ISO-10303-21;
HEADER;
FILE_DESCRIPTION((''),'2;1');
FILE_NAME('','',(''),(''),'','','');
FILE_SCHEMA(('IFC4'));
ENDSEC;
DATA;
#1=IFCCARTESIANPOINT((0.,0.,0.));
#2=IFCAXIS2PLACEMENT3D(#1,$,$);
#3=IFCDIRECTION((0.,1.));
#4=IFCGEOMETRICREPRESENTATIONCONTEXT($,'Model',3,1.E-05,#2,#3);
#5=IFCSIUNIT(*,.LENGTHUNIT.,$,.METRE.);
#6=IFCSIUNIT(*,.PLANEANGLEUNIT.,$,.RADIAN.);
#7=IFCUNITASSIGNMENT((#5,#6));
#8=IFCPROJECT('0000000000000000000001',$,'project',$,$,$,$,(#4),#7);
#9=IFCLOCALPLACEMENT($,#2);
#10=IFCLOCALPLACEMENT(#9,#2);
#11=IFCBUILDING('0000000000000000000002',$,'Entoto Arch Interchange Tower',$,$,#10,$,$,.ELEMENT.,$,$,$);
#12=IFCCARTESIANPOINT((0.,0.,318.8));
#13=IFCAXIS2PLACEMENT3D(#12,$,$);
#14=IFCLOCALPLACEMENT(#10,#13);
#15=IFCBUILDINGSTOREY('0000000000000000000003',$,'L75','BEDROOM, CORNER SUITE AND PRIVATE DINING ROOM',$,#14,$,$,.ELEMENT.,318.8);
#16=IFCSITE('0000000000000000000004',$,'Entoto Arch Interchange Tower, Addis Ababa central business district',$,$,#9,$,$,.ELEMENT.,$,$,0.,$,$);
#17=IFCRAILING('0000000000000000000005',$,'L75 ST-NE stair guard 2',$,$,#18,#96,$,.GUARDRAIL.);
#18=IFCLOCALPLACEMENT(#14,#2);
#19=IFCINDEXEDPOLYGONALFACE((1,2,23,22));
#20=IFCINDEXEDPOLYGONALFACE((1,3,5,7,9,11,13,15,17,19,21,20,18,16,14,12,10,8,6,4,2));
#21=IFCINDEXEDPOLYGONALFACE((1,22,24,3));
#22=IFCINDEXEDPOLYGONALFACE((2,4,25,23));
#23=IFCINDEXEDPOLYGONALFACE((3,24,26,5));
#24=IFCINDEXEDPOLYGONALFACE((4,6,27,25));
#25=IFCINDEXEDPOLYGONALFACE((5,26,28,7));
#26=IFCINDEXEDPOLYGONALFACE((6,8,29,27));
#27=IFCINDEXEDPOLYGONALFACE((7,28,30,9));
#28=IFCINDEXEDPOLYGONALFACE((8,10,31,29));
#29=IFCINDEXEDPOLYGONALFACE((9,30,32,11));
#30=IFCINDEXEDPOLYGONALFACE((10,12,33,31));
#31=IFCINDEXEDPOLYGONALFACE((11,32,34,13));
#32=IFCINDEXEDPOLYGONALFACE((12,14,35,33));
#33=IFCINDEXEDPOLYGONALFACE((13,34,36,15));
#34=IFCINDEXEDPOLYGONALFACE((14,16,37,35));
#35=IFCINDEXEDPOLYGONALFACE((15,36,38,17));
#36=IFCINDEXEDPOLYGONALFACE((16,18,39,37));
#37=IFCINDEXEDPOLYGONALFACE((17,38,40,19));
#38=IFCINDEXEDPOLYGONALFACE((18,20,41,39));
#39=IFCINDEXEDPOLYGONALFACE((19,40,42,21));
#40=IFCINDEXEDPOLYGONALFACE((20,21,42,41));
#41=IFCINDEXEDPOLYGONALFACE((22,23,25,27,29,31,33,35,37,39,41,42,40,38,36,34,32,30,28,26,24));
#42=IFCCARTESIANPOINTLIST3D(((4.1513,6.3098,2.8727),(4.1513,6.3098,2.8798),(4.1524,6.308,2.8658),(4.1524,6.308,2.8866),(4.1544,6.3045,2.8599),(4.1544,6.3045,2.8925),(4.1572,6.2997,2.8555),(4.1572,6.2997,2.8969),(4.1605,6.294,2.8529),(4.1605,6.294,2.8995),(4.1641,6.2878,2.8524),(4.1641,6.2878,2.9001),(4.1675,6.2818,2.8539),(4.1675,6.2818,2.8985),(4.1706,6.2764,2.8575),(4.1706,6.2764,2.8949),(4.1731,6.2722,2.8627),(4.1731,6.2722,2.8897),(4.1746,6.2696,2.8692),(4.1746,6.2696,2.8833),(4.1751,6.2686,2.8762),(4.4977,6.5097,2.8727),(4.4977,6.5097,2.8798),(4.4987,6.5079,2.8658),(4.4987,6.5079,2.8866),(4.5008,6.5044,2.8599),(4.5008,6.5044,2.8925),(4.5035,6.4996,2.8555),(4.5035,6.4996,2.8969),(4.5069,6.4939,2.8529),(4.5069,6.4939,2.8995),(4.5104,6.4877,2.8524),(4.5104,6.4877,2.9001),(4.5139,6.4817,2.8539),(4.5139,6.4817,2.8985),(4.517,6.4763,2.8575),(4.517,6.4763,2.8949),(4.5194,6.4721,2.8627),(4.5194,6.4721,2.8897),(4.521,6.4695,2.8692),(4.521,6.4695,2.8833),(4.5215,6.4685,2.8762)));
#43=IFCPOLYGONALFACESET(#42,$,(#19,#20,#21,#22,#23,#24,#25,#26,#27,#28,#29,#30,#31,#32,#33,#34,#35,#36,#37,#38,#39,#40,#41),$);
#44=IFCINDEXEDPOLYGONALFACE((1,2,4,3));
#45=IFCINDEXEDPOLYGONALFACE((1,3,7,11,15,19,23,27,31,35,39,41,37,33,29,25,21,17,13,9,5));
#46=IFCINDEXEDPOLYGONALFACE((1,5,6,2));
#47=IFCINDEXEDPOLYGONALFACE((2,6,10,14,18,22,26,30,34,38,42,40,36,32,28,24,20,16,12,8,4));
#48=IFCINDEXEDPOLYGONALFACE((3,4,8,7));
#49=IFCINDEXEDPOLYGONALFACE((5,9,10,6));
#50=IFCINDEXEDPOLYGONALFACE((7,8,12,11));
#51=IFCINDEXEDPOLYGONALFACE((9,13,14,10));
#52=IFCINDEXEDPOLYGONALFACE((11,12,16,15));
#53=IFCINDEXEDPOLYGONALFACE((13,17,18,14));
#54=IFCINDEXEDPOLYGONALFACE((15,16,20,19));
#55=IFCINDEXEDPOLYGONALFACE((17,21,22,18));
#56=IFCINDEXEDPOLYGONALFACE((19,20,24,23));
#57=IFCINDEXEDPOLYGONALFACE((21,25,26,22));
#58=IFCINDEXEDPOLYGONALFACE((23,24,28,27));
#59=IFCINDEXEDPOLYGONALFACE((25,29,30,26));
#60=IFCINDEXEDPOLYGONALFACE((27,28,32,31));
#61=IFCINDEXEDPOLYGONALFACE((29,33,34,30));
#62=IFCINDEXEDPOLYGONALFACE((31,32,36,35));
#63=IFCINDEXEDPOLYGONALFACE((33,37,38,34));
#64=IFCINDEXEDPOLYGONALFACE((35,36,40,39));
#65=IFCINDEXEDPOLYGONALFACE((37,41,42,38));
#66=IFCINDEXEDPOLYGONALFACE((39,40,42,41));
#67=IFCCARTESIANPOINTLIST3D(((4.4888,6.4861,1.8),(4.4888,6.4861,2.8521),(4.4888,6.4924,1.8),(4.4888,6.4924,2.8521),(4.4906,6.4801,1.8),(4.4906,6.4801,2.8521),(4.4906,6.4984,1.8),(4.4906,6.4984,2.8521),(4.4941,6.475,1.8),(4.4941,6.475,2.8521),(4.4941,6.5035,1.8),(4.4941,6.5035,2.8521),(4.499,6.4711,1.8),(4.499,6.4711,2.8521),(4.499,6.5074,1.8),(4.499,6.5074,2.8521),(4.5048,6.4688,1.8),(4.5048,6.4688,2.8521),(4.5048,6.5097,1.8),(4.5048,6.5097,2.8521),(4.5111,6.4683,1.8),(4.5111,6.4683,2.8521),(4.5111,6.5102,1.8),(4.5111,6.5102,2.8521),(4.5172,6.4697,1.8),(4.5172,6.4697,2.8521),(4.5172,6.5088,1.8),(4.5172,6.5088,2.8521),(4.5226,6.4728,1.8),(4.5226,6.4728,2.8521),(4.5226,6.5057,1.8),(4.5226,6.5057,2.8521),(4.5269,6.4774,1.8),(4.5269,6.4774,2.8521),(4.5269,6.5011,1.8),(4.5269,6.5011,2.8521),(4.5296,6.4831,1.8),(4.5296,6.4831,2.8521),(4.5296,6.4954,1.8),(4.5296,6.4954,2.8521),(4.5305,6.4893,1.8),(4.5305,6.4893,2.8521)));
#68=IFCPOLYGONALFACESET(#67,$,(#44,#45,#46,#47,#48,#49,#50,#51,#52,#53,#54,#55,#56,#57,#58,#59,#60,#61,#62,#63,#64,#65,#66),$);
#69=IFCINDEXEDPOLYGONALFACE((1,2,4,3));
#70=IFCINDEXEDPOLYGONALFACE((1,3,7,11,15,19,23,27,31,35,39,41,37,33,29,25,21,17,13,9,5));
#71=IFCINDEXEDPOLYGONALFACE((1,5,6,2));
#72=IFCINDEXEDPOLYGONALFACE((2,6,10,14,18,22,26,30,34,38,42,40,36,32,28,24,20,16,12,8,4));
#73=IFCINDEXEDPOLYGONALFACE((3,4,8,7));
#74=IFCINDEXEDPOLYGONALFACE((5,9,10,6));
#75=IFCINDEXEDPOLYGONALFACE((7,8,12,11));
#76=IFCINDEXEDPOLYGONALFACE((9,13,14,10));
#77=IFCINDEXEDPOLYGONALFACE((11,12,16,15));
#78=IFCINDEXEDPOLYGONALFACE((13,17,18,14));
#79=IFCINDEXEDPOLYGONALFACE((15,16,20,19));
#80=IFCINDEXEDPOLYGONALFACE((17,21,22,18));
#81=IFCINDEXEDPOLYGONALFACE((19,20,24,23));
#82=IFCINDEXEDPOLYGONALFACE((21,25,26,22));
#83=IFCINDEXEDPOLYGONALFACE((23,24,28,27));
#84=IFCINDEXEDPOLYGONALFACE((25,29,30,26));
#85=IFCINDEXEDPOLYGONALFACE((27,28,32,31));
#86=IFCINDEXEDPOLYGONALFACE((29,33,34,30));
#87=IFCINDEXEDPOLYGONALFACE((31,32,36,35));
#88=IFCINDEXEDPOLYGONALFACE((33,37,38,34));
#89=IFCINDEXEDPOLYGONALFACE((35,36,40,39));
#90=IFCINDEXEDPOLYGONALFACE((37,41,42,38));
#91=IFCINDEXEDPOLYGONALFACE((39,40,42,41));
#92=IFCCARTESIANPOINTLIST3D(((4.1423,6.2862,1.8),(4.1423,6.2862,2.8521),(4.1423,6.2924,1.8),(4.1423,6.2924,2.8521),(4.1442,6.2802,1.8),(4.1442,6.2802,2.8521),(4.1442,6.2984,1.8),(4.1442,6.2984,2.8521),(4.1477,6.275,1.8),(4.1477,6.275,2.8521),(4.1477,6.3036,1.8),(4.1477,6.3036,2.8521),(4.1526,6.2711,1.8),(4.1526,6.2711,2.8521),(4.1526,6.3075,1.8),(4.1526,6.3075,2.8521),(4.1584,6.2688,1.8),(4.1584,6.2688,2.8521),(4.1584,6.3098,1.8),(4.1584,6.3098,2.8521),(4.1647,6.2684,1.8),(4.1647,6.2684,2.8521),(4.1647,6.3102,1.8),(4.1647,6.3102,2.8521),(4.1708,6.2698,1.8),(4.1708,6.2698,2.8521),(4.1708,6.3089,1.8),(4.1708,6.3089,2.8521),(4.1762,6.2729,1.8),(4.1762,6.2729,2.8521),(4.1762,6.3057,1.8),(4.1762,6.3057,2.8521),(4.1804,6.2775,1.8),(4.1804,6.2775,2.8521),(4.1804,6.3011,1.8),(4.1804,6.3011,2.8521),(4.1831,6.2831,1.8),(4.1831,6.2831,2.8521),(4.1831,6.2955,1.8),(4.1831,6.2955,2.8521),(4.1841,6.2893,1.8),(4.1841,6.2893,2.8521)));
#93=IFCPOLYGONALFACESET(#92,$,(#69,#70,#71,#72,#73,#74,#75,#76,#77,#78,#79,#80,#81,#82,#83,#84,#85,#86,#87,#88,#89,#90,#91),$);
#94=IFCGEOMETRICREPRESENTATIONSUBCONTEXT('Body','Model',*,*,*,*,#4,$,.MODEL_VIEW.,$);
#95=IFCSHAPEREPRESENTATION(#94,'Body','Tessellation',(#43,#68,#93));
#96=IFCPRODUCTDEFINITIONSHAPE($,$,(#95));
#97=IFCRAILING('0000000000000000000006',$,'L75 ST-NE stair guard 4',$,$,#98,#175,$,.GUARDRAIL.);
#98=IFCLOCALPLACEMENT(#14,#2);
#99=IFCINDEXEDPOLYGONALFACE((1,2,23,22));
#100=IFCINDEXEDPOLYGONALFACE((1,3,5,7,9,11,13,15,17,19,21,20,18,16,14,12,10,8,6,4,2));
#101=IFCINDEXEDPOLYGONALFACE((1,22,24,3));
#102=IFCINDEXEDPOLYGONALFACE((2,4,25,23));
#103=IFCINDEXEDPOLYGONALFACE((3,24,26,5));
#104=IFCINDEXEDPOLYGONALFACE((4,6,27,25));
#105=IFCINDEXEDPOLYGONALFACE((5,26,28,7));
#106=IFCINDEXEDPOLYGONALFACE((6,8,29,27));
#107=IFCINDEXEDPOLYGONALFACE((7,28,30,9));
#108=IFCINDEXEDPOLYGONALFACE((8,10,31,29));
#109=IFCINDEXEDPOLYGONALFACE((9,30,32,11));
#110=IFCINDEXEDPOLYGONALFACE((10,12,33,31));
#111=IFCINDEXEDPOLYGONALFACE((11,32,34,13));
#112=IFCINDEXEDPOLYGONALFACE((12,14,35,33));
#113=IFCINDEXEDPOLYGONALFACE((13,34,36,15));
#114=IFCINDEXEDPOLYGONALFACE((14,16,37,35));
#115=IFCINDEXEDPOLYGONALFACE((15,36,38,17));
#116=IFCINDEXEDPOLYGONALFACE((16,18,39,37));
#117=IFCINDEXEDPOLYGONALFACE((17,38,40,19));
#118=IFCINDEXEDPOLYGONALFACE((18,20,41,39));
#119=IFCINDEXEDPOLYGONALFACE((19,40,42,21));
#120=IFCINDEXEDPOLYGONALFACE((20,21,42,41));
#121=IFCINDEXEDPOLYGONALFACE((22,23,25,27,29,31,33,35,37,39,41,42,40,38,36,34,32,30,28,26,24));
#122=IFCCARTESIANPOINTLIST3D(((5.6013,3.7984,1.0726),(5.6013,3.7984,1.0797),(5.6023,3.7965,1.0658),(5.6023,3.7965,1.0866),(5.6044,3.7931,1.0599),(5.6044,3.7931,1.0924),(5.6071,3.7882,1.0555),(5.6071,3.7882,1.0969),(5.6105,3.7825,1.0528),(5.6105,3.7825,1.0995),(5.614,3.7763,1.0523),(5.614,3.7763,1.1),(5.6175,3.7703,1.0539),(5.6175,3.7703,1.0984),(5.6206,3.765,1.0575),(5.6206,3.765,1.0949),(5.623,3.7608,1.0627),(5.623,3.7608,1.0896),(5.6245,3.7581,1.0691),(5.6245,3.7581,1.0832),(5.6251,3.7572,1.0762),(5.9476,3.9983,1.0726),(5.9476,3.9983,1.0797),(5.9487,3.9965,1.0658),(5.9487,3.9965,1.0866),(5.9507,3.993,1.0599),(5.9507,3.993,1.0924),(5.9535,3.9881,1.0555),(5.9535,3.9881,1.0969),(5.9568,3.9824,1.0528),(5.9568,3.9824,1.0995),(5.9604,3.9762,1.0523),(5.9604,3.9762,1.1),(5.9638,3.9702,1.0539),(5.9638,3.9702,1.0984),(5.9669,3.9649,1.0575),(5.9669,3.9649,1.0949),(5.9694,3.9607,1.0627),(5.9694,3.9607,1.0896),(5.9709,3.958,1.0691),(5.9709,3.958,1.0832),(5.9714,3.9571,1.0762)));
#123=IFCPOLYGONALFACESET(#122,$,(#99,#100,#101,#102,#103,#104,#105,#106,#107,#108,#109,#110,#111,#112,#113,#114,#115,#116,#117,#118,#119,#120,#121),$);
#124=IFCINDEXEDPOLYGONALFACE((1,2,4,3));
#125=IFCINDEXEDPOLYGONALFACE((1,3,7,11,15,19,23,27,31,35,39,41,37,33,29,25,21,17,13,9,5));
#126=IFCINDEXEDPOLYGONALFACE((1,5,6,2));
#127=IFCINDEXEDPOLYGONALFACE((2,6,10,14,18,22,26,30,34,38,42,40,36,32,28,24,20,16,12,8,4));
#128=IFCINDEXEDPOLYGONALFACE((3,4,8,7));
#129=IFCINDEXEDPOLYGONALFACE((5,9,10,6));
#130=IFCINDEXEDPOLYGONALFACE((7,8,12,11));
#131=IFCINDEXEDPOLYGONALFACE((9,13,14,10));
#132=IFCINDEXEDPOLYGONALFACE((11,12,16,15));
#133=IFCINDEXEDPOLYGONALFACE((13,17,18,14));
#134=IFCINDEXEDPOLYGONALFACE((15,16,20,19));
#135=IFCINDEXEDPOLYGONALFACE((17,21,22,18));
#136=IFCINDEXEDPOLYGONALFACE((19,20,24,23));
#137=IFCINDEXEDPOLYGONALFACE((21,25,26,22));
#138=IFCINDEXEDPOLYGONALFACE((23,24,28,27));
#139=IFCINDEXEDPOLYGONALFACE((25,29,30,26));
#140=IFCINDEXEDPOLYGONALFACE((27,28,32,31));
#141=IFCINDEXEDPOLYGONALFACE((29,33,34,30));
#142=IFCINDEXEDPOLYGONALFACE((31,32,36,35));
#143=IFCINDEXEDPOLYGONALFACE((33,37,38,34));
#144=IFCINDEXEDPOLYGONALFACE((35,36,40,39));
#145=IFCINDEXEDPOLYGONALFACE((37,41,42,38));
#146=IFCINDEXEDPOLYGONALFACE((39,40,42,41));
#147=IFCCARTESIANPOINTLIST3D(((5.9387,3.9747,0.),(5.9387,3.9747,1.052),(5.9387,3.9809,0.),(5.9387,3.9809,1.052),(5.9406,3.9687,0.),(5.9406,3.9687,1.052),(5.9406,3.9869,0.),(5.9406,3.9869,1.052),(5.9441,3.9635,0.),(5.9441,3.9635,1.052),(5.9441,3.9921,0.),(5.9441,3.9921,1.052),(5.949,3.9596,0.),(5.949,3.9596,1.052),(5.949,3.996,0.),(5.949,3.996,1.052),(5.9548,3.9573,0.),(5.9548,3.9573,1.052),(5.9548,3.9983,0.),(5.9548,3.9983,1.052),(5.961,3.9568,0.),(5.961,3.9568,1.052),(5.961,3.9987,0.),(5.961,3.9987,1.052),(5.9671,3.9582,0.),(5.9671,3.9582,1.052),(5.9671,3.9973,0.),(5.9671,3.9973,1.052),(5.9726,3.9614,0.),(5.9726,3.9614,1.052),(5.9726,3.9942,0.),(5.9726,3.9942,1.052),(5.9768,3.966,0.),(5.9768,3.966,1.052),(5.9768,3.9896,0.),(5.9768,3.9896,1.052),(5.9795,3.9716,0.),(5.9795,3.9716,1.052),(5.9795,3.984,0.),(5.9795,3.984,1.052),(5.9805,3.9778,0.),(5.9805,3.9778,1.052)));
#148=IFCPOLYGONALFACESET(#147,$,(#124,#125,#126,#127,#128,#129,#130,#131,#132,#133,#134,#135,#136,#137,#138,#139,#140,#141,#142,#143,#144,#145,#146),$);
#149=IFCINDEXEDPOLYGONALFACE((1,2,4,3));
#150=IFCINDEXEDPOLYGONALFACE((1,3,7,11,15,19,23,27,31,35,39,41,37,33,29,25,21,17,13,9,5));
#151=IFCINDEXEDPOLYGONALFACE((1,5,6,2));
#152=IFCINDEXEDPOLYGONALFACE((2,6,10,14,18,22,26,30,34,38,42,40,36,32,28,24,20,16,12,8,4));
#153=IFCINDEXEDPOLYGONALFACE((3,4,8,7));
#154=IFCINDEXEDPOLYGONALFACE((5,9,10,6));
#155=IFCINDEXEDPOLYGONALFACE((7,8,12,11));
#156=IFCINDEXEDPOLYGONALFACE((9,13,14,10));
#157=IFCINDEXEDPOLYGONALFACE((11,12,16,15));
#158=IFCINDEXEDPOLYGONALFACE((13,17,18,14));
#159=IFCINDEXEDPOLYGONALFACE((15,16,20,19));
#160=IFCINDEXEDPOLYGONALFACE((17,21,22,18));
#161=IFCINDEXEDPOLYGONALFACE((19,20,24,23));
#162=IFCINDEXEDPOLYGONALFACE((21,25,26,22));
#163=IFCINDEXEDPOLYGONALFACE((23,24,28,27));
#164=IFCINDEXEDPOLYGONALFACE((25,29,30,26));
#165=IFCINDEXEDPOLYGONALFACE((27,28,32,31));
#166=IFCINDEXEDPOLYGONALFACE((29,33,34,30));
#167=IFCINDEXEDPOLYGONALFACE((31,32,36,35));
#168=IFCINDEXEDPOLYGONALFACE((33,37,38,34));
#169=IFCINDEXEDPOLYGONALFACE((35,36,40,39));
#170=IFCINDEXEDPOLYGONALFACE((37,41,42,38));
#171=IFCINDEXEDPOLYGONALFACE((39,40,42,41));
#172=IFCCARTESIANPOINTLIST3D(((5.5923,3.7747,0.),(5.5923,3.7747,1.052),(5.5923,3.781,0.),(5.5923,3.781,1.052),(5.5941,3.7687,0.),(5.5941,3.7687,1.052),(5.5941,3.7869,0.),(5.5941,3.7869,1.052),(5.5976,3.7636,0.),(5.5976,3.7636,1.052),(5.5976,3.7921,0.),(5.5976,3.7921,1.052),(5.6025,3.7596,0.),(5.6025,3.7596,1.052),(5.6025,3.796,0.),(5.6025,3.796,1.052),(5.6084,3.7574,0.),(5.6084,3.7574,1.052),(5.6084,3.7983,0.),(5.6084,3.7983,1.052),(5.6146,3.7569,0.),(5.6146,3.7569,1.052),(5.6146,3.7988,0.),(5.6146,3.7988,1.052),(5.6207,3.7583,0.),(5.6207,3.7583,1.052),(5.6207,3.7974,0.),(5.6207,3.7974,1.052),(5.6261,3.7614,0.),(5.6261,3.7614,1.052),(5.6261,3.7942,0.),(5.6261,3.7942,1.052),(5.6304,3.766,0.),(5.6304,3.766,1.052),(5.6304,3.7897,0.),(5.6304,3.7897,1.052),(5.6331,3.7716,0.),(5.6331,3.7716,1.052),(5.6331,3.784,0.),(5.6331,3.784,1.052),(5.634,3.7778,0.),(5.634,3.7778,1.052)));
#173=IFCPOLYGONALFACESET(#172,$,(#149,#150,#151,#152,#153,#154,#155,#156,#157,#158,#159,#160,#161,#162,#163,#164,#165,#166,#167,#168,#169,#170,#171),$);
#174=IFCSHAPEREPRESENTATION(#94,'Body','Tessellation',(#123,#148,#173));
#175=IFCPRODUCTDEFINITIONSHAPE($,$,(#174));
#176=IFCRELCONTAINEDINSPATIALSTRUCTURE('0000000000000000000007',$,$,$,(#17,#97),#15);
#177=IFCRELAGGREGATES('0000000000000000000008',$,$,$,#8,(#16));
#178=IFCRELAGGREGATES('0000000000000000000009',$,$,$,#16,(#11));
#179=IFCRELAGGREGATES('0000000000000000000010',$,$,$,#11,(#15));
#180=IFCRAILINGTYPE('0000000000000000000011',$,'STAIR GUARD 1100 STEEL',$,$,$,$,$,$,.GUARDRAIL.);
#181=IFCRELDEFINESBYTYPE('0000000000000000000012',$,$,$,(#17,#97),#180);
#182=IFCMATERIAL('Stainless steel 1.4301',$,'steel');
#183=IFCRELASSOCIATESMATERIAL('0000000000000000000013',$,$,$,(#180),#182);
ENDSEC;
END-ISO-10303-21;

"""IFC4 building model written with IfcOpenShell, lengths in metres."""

from ifc_helpers import new_model, si_unit, direction, frame, origin, origin_2d, place, context, subcontext, project, spatial, circle, extrude, material, type_object, element, save


model = new_model("IFC4")

# Units and contexts
model_context = context("Model", 3, precision=1e-05, world=origin(), true_north=direction((0.0, 1.0)))
body_context = subcontext(model_context, "Body", "Model", "MODEL_VIEW")
ifc_project = project(units=[si_unit("LENGTHUNIT", "METRE"), si_unit("PLANEANGLEUNIT", "RADIAN")], contexts=[model_context])

# Site, building, storey
site_placement = place(None, origin())
site = spatial("IfcSite", under=ifc_project, at=site_placement, Name="Entoto Arch Interchange Tower, Addis Ababa central business district", CompositionType="ELEMENT", RefElevation=0.0)
building_placement = place(site_placement, origin())
building = spatial("IfcBuilding", under=site, at=building_placement, Name="Entoto Arch Interchange Tower", CompositionType="ELEMENT")
storey_placement = place(building_placement, frame((0.0, 0.0, 318.8)))
storey = spatial("IfcBuildingStorey", under=building, at=storey_placement, Name="L75", Description="BEDROOM, CORNER SUITE AND PRIVATE DINING ROOM", CompositionType="ELEMENT", Elevation=318.8)

# Shared definitions
ifc_material_1 = material(Name="Stainless steel 1.4301", Category="steel")

# Railings
railing_type_1 = type_object("IfcRailingType", Name="STAIR GUARD 1100 STEEL", PredefinedType="GUARDRAIL", material=ifc_material_1)
for number, where, name in (
    (1, (4.5095, 6.4893, 1.8), "L75 ST-NE stair guard 2"),
    (2, (5.9595, 3.9778, 0.0), "L75 ST-NE stair guard 4"),
):
    element("IfcRailing", number, at=place(storey_placement, frame(where)), inside=storey, type_object=railing_type_1, Name=name, PredefinedType="GUARDRAIL", context=body_context, shape_type="SweptSolid", body=[
        extrude(circle(Radius=0.0239, at=origin_2d()), frame((0.0, 0.0, 1.0762), z_axis=(-0.866094, -0.499881, 0.0), x_axis=(0.499881, -0.866094, 0.0)), (0.0, 0.0, 1.0), 0.3999),
        extrude(circle(Radius=0.021, at=origin_2d()), origin(), (0.0, 0.0, 1.0), 1.052),
        extrude(circle(Radius=0.021, at=origin_2d()), frame((-0.3464, -0.2, 0.0)), (0.0, 0.0, 1.0), 1.052),
    ])

save(model, "model.ifc")
